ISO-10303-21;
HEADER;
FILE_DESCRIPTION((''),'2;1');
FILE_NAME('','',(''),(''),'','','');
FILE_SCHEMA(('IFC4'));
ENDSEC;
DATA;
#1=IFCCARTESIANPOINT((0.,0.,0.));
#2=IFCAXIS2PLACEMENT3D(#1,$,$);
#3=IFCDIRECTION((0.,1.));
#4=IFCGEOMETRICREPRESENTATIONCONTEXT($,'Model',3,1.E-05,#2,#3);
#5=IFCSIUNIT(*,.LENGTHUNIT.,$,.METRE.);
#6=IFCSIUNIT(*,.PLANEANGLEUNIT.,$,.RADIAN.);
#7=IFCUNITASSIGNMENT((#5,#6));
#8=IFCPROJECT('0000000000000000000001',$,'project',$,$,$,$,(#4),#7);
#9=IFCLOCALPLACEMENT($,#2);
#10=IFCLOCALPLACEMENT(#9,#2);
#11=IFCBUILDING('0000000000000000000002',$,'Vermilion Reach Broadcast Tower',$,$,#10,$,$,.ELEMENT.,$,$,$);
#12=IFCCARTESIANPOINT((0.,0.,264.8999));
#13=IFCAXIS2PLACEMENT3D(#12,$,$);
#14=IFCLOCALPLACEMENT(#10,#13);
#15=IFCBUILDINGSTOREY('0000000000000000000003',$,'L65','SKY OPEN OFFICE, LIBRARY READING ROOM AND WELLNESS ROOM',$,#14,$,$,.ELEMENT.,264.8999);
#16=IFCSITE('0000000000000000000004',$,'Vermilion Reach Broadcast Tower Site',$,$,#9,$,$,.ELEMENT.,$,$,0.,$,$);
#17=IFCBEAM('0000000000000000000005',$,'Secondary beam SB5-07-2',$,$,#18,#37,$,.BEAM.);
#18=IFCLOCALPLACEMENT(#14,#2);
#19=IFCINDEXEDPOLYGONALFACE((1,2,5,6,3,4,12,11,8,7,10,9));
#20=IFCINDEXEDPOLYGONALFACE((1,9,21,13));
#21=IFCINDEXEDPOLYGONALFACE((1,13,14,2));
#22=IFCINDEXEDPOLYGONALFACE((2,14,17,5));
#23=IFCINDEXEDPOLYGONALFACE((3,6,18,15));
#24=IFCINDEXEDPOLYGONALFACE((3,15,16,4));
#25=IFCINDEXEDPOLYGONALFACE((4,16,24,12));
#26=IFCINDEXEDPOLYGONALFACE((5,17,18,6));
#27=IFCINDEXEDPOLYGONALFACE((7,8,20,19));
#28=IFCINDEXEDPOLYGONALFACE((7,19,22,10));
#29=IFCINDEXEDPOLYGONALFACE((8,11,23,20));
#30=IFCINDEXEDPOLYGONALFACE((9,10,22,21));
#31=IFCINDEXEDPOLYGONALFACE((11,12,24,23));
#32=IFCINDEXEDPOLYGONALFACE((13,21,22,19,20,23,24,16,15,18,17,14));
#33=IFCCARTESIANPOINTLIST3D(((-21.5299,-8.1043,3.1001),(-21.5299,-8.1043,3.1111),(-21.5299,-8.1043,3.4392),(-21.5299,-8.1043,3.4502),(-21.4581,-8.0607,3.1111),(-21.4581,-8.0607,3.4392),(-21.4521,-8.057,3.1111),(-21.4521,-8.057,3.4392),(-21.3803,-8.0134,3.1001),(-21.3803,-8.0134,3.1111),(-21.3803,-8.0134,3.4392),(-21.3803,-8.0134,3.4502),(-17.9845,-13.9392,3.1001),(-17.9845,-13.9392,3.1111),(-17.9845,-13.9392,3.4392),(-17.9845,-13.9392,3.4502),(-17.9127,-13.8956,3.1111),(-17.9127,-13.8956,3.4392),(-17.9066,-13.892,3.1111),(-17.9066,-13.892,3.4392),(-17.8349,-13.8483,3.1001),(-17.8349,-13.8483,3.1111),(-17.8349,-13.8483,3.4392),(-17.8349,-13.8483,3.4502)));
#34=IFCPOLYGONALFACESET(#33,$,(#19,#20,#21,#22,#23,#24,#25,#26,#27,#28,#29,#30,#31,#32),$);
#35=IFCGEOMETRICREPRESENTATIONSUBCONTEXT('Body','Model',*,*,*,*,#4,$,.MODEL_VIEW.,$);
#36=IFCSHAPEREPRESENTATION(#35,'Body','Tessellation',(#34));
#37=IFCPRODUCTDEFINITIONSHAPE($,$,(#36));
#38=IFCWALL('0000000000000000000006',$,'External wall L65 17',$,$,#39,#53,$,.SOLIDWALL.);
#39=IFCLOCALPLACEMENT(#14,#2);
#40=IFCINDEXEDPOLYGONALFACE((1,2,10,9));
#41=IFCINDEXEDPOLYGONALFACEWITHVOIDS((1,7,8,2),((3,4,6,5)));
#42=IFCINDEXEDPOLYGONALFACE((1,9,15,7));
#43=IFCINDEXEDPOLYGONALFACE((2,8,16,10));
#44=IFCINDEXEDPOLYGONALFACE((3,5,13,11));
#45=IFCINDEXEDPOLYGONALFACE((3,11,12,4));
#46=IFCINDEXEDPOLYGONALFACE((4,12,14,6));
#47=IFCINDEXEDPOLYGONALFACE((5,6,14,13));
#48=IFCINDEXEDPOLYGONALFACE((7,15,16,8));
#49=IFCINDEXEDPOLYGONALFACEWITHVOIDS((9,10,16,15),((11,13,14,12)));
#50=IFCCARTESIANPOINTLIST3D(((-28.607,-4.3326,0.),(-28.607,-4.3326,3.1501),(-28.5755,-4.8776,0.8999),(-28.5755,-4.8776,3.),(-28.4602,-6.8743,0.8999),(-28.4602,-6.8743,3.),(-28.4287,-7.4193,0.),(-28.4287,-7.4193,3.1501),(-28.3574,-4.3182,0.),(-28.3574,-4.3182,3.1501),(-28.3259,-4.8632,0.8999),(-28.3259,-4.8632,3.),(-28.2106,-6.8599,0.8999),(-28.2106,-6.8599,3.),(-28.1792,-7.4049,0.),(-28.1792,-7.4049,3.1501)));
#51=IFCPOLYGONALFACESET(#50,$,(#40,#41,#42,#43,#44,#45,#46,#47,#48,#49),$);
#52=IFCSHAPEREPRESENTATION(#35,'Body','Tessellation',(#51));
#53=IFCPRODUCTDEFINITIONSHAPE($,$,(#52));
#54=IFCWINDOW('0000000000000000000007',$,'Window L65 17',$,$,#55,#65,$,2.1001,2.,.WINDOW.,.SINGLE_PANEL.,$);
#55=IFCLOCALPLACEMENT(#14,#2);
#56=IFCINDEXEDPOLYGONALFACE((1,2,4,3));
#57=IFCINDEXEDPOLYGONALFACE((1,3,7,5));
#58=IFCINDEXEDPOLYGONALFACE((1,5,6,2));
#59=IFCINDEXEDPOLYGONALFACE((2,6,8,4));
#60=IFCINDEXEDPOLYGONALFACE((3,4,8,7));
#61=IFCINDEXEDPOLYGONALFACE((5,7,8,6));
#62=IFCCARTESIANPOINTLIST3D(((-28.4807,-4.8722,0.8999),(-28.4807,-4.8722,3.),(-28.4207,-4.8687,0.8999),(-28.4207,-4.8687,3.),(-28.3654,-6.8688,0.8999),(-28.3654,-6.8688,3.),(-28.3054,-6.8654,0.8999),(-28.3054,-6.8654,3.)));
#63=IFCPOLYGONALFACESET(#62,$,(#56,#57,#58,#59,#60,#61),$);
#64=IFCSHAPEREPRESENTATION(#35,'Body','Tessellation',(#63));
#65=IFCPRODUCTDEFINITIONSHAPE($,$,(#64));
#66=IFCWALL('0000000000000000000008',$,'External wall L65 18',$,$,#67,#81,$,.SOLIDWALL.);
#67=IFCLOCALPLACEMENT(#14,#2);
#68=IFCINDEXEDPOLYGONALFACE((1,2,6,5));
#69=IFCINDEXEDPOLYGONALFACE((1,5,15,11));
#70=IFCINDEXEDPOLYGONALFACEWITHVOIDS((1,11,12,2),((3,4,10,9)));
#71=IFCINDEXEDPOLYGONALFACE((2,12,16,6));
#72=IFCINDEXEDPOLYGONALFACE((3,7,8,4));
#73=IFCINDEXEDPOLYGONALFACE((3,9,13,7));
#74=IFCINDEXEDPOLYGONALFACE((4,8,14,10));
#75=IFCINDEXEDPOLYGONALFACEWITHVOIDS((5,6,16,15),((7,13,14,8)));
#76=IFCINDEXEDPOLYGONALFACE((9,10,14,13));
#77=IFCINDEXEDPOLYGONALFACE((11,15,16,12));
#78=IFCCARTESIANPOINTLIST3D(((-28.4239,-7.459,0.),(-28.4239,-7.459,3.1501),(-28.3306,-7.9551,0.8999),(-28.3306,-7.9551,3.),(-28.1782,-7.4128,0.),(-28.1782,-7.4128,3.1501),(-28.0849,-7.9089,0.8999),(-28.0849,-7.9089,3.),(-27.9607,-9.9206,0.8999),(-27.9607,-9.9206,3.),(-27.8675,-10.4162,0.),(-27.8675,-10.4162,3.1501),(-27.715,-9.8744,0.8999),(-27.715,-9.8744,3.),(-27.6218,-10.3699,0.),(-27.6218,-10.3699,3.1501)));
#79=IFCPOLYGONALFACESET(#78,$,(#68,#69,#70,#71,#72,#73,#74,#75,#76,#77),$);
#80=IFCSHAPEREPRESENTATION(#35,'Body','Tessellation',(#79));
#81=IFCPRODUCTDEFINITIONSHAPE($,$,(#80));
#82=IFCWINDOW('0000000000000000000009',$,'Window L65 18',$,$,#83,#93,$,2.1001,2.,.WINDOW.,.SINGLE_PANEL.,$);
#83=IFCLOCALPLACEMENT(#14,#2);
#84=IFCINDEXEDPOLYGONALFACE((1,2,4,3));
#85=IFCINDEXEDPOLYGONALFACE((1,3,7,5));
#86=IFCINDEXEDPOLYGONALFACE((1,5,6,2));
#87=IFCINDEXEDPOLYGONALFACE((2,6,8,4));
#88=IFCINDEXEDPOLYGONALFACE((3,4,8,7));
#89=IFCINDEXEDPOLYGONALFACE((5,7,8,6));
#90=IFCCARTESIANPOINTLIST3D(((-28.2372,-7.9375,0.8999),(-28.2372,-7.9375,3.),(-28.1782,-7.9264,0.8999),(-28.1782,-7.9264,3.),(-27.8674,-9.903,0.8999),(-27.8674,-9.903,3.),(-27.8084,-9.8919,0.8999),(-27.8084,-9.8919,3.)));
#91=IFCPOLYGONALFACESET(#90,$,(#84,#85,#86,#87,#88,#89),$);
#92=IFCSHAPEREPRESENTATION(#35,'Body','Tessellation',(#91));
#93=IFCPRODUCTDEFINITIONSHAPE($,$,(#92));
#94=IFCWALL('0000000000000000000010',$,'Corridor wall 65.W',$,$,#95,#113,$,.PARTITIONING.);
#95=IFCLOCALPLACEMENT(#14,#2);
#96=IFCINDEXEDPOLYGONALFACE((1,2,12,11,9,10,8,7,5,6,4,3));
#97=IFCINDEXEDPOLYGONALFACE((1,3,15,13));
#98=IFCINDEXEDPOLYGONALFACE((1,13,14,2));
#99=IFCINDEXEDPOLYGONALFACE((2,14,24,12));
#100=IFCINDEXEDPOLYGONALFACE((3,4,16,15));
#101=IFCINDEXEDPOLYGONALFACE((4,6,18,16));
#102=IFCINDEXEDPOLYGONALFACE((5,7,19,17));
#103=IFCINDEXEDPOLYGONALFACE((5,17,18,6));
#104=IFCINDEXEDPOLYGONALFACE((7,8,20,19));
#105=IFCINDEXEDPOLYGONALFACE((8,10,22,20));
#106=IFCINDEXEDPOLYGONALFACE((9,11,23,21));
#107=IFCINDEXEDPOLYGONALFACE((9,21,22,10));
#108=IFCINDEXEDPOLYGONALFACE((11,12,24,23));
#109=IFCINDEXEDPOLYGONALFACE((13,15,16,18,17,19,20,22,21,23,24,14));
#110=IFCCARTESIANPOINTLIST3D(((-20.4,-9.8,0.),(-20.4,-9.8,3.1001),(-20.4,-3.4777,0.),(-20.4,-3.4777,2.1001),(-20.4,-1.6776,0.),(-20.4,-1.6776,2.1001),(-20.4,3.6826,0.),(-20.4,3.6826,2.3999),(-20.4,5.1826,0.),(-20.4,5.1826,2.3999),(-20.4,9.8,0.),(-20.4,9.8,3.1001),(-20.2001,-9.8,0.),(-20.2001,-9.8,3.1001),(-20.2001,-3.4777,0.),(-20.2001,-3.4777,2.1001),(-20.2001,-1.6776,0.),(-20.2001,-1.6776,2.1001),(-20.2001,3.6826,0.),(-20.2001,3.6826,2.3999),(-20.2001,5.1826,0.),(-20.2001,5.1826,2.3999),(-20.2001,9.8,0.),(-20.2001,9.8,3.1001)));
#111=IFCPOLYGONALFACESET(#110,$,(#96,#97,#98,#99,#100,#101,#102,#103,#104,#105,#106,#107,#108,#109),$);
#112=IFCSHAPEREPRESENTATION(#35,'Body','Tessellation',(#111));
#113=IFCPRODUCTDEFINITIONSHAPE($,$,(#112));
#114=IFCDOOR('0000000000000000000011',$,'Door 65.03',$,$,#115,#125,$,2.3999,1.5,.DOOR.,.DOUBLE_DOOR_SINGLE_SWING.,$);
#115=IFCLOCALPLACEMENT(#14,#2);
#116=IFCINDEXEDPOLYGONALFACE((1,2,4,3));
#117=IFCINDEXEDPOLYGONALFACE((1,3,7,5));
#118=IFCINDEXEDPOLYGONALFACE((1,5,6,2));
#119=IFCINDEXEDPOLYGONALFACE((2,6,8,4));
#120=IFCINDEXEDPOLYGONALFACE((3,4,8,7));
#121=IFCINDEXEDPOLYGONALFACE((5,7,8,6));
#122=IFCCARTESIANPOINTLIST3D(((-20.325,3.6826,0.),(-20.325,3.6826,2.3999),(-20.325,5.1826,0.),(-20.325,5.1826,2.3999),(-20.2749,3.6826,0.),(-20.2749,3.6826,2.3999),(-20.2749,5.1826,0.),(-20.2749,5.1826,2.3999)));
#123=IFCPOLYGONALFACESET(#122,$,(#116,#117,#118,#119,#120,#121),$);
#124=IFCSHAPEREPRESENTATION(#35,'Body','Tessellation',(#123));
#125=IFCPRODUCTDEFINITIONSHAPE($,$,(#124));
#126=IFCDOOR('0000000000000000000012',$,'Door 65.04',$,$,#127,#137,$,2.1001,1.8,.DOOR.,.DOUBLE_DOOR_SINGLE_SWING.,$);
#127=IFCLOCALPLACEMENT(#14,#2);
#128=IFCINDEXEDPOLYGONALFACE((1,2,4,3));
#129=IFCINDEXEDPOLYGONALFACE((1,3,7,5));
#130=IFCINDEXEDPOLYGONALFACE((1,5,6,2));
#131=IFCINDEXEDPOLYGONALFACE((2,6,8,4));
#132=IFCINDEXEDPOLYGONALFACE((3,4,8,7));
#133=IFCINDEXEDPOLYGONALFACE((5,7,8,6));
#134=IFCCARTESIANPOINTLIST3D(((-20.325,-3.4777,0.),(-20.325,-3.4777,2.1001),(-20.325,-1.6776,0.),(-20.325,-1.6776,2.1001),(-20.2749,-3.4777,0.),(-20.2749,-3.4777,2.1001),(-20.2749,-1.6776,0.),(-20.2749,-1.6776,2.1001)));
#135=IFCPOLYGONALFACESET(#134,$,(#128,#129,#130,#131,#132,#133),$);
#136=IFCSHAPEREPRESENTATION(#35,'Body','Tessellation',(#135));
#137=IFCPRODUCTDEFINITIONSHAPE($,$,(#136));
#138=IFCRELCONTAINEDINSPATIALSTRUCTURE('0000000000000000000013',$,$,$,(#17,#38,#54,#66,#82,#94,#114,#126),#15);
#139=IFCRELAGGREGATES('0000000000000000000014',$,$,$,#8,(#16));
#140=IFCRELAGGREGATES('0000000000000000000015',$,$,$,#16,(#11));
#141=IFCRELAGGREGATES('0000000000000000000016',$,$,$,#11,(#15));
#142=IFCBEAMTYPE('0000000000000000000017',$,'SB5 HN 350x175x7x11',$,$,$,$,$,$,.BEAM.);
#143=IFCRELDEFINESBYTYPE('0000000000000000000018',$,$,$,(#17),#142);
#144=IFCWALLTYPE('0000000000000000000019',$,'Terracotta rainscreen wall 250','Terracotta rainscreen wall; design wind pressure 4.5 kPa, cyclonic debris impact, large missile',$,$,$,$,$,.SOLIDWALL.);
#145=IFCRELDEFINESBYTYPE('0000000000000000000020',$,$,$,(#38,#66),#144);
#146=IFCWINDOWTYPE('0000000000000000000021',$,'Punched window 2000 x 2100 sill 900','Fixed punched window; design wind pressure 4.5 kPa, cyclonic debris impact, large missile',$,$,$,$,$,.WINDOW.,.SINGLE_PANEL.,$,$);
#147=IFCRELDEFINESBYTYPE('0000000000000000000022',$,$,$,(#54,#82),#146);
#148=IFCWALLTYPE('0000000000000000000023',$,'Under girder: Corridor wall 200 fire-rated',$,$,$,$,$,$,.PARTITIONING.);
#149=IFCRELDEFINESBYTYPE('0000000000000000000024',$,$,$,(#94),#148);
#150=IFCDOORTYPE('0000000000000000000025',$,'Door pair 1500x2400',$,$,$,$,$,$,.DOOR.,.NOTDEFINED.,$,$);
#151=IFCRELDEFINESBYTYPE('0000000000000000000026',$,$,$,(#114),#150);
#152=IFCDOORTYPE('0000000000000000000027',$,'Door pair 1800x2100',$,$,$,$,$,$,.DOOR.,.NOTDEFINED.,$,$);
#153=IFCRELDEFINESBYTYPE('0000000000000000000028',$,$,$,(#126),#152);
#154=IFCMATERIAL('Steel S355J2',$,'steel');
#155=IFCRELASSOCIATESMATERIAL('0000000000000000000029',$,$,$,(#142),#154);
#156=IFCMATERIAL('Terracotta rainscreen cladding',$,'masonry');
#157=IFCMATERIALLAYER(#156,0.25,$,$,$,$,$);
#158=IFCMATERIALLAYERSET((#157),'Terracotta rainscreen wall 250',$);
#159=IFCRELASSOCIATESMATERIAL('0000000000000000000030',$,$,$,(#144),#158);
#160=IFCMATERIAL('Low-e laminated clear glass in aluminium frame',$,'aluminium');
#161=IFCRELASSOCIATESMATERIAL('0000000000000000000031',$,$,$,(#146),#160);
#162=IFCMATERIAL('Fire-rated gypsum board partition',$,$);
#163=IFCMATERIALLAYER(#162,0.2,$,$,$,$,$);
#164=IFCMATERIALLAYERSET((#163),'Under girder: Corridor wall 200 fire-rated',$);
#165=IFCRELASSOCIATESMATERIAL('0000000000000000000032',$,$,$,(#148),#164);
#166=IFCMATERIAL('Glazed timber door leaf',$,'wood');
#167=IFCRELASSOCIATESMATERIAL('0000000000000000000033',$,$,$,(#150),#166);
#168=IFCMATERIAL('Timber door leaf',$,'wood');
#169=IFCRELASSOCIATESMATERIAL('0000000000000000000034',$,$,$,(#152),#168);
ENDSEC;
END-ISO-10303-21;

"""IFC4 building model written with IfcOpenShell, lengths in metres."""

from ifc_helpers import new_model, si_unit, direction, frame, frame_2d, origin, origin_2d, place, context, subcontext, project, spatial, rectangle, i_section, extrude, material, layer, layer_set, material_profile, profile_set, type_object, element, fill, save


model = new_model("IFC4")

# Units and contexts
model_context = context("Model", 3, precision=1e-05, world=origin(), true_north=direction((0.0, 1.0)))
body_context = subcontext(model_context, "Body", "Model", "MODEL_VIEW")
ifc_project = project(units=[si_unit("LENGTHUNIT", "METRE"), si_unit("PLANEANGLEUNIT", "RADIAN")], contexts=[model_context])

# Site, building, storey
site_placement = place(None, origin())
site = spatial("IfcSite", under=ifc_project, at=site_placement, Name="Vermilion Reach Broadcast Tower Site", CompositionType="ELEMENT", RefElevation=0.0)
building_placement = place(site_placement, origin())
building = spatial("IfcBuilding", under=site, at=building_placement, Name="Vermilion Reach Broadcast Tower", CompositionType="ELEMENT")
storey_placement = place(building_placement, frame((0.0, 0.0, 264.8999)))
storey = spatial("IfcBuildingStorey", under=building, at=storey_placement, Name="L65", Description="SKY OPEN OFFICE, LIBRARY READING ROOM AND WELLNESS ROOM", CompositionType="ELEMENT", Elevation=264.8999)

# Beam
ifc_material_1 = material(Name="Steel S355J2", Category="steel")
ifc_material_profile_1 = material_profile(ifc_material_1, i_section(OverallWidth=0.175, OverallDepth=0.3501, WebThickness=0.0071, FlangeThickness=0.011, at=origin_2d()), Name="S355J2 HN 350x175x7x11")
ifc_profile_set_1 = profile_set([ifc_material_profile_1], Name="Steel S355J2")
beam_type_1 = type_object("IfcBeamType", Name="SB5 HN 350x175x7x11", PredefinedType="BEAM", material=ifc_profile_set_1)
beam_1_placement = place(storey_placement, frame((-21.4551, -8.0588, 3.2751), z_axis=(0.519273, -0.854608, 0.0), x_axis=(0.854608, 0.519273, 0.0)))
element("IfcBeam", 1, at=beam_1_placement, inside=storey, type_object=beam_type_1, Name="Secondary beam SB5-07-2", PredefinedType="BEAM", context=body_context, shape_type="SweptSolid", body=[
    extrude(i_section(OverallWidth=0.175, OverallDepth=0.3501, WebThickness=0.0071, FlangeThickness=0.011, at=origin_2d()), origin(), (0.0, 0.0, 1.0), 6.8276),
])

# Shared definitions
ifc_material_2 = material(Name="Terracotta rainscreen cladding", Category="masonry")
ifc_layer_1 = layer(ifc_material_2, 0.25)
ifc_layer_set_1 = layer_set([ifc_layer_1], Name="Terracotta rainscreen wall 250")
wall_type_1 = type_object("IfcWallType", Name="Terracotta rainscreen wall 250", Description="Terracotta rainscreen wall; design wind pressure 4.5 kPa, cyclonic debris impact, large missile", PredefinedType="SOLIDWALL", material=ifc_layer_set_1)

# Walls, openings, windows
wall_1_placement = place(storey_placement, frame((-28.4822, -4.3254, 0.0), z_axis=(0.0, 0.0, 1.0), x_axis=(0.057643, -0.998337, 0.0)))
wall_1 = element("IfcWall", 2, at=wall_1_placement, inside=storey, type_object=wall_type_1, Name="External wall L65 17", PredefinedType="SOLIDWALL", context=body_context, shape_type="SweptSolid", body=[
    extrude(rectangle(XDim=3.0918, YDim=0.25, at=frame_2d((1.5459, 0.0))), origin(), (0.0, 0.0, 1.0), 3.1501),
])
opening_1_placement = place(wall_1_placement, frame((0.5459, 0.0, 0.8999)))
opening_1 = element("IfcOpeningElement", 3, at=opening_1_placement, cuts=wall_1, PredefinedType="OPENING", context=body_context, shape_type="SweptSolid", body=[
    extrude(rectangle(XDim=2.0, YDim=2.1001, at=frame_2d((1.0, 1.05))), frame((0.0, 0.135, 0.0), z_axis=(0.0, -1.0, 0.0), x_axis=(1.0, 0.0, 0.0)), (0.0, 0.0, 1.0), 0.27),
])
ifc_material_3 = material(Name="Low-e laminated clear glass in aluminium frame", Category="aluminium")
window_type = type_object("IfcWindowType", Name="Punched window 2000 x 2100 sill 900", Description="Fixed punched window; design wind pressure 4.5 kPa, cyclonic debris impact, large missile", PartitioningType="SINGLE_PANEL", PredefinedType="WINDOW", material=ifc_material_3)
window_1_placement = place(opening_1_placement, origin())
window_1 = element("IfcWindow", 4, at=window_1_placement, inside=storey, type_object=window_type, Name="Window L65 17", OverallHeight=2.1001, OverallWidth=2.0, PartitioningType="SINGLE_PANEL", PredefinedType="WINDOW", context=body_context, shape_type="SweptSolid", body=[
    extrude(rectangle(XDim=2.0, YDim=2.1001, at=frame_2d((1.0, 1.05))), frame((0.0, 0.03, 0.0), z_axis=(0.0, -1.0, 0.0), x_axis=(1.0, 0.0, 0.0)), (0.0, 0.0, 1.0), 0.0601),
])
fill(opening_1, window_1)
wall_2_placement = place(storey_placement, frame((-28.301, -7.436, 0.0), z_axis=(0.0, 0.0, 1.0), x_axis=(0.184916, -0.982754, 0.0)))
wall_2 = element("IfcWall", 5, at=wall_2_placement, inside=storey, type_object=wall_type_1, Name="External wall L65 18", PredefinedType="SOLIDWALL", context=body_context, shape_type="SweptSolid", body=[
    extrude(rectangle(XDim=3.009, YDim=0.25, at=frame_2d((1.5044, 0.0))), origin(), (0.0, 0.0, 1.0), 3.1501),
])
opening_2_placement = place(wall_2_placement, frame((0.5046, 0.0, 0.8999)))
opening_2 = element("IfcOpeningElement", 6, at=opening_2_placement, cuts=wall_2, PredefinedType="OPENING", context=body_context, shape_type="SweptSolid", body=[
    extrude(rectangle(XDim=2.0, YDim=2.1001, at=frame_2d((1.0, 1.05))), frame((0.0, 0.135, 0.0), z_axis=(0.0, -1.0, 0.0), x_axis=(1.0, 0.0, 0.0)), (0.0, 0.0, 1.0), 0.27),
])
window_2_placement = place(opening_2_placement, origin())
window_2 = element("IfcWindow", 7, at=window_2_placement, inside=storey, type_object=window_type, Name="Window L65 18", OverallHeight=2.1001, OverallWidth=2.0, PartitioningType="SINGLE_PANEL", PredefinedType="WINDOW", context=body_context, shape_type="SweptSolid", body=[
    extrude(rectangle(XDim=2.0, YDim=2.1001, at=frame_2d((1.0, 1.05))), frame((0.0, 0.03, 0.0), z_axis=(0.0, -1.0, 0.0), x_axis=(1.0, 0.0, 0.0)), (0.0, 0.0, 1.0), 0.0601),
])
fill(opening_2, window_2)

# Wall, openings, doors
ifc_material_4 = material(Name="Fire-rated gypsum board partition")
ifc_layer_2 = layer(ifc_material_4, 0.2)
ifc_layer_set_2 = layer_set([ifc_layer_2], Name="Under girder: Corridor wall 200 fire-rated")
wall_type_2 = type_object("IfcWallType", Name="Under girder: Corridor wall 200 fire-rated", PredefinedType="PARTITIONING", material=ifc_layer_set_2)
wall_3_placement = place(storey_placement, frame((-20.3, -9.8, 0.0), z_axis=(0.0, 0.0, 1.0), x_axis=(0.0, 1.0, 0.0)))
wall_3 = element("IfcWall", 8, at=wall_3_placement, inside=storey, type_object=wall_type_2, Name="Corridor wall 65.W", PredefinedType="PARTITIONING", context=body_context, shape_type="SweptSolid", body=[
    extrude(rectangle(XDim=19.6001, YDim=0.2, at=frame_2d((9.8, 0.0))), origin(), (0.0, 0.0, 1.0), 3.1001),
])
opening_3_placement = place(wall_3_placement, frame((13.4827, 0.0, 0.0)))
opening_3 = element("IfcOpeningElement", 9, at=opening_3_placement, cuts=wall_3, PredefinedType="OPENING", context=body_context, shape_type="SweptSolid", body=[
    extrude(rectangle(XDim=1.5, YDim=2.3999, at=frame_2d((0.75, 1.2))), frame((0.0, 0.1099, 0.0), z_axis=(0.0, -1.0, 0.0), x_axis=(1.0, 0.0, 0.0)), (0.0, 0.0, 1.0), 0.22),
])
opening_4_placement = place(wall_3_placement, frame((6.3225, 0.0, 0.0)))
opening_4 = element("IfcOpeningElement", 10, at=opening_4_placement, cuts=wall_3, PredefinedType="OPENING", context=body_context, shape_type="SweptSolid", body=[
    extrude(rectangle(XDim=1.8, YDim=2.1001, at=frame_2d((0.8999, 1.05))), frame((0.0, 0.1099, 0.0), z_axis=(0.0, -1.0, 0.0), x_axis=(1.0, 0.0, 0.0)), (0.0, 0.0, 1.0), 0.22),
])
ifc_material_5 = material(Name="Glazed timber door leaf", Category="wood")
door_type_1 = type_object("IfcDoorType", Name="Door pair 1500x2400", OperationType="NOTDEFINED", PredefinedType="DOOR", material=ifc_material_5)
door_1_placement = place(opening_3_placement, origin())
door_1 = element("IfcDoor", 11, at=door_1_placement, inside=storey, type_object=door_type_1, Name="Door 65.03", OperationType="DOUBLE_DOOR_SINGLE_SWING", OverallHeight=2.3999, OverallWidth=1.5, PredefinedType="DOOR", context=body_context, shape_type="SweptSolid", body=[
    extrude(rectangle(XDim=1.5, YDim=2.3999, at=frame_2d((0.75, 1.2))), frame((0.0, 0.0249, 0.0), z_axis=(0.0, -1.0, 0.0), x_axis=(1.0, 0.0, 0.0)), (0.0, 0.0, 1.0), 0.05),
])
fill(opening_3, door_1)
ifc_material_6 = material(Name="Timber door leaf", Category="wood")
door_type_2 = type_object("IfcDoorType", Name="Door pair 1800x2100", OperationType="NOTDEFINED", PredefinedType="DOOR", material=ifc_material_6)
door_2_placement = place(opening_4_placement, origin())
door_2 = element("IfcDoor", 12, at=door_2_placement, inside=storey, type_object=door_type_2, Name="Door 65.04", OperationType="DOUBLE_DOOR_SINGLE_SWING", OverallHeight=2.1001, OverallWidth=1.8, PredefinedType="DOOR", context=body_context, shape_type="SweptSolid", body=[
    extrude(rectangle(XDim=1.8, YDim=2.1001, at=frame_2d((0.8999, 1.05))), frame((0.0, 0.0249, 0.0), z_axis=(0.0, -1.0, 0.0), x_axis=(1.0, 0.0, 0.0)), (0.0, 0.0, 1.0), 0.05),
])
fill(opening_4, door_2)

save(model, "model.ifc")
